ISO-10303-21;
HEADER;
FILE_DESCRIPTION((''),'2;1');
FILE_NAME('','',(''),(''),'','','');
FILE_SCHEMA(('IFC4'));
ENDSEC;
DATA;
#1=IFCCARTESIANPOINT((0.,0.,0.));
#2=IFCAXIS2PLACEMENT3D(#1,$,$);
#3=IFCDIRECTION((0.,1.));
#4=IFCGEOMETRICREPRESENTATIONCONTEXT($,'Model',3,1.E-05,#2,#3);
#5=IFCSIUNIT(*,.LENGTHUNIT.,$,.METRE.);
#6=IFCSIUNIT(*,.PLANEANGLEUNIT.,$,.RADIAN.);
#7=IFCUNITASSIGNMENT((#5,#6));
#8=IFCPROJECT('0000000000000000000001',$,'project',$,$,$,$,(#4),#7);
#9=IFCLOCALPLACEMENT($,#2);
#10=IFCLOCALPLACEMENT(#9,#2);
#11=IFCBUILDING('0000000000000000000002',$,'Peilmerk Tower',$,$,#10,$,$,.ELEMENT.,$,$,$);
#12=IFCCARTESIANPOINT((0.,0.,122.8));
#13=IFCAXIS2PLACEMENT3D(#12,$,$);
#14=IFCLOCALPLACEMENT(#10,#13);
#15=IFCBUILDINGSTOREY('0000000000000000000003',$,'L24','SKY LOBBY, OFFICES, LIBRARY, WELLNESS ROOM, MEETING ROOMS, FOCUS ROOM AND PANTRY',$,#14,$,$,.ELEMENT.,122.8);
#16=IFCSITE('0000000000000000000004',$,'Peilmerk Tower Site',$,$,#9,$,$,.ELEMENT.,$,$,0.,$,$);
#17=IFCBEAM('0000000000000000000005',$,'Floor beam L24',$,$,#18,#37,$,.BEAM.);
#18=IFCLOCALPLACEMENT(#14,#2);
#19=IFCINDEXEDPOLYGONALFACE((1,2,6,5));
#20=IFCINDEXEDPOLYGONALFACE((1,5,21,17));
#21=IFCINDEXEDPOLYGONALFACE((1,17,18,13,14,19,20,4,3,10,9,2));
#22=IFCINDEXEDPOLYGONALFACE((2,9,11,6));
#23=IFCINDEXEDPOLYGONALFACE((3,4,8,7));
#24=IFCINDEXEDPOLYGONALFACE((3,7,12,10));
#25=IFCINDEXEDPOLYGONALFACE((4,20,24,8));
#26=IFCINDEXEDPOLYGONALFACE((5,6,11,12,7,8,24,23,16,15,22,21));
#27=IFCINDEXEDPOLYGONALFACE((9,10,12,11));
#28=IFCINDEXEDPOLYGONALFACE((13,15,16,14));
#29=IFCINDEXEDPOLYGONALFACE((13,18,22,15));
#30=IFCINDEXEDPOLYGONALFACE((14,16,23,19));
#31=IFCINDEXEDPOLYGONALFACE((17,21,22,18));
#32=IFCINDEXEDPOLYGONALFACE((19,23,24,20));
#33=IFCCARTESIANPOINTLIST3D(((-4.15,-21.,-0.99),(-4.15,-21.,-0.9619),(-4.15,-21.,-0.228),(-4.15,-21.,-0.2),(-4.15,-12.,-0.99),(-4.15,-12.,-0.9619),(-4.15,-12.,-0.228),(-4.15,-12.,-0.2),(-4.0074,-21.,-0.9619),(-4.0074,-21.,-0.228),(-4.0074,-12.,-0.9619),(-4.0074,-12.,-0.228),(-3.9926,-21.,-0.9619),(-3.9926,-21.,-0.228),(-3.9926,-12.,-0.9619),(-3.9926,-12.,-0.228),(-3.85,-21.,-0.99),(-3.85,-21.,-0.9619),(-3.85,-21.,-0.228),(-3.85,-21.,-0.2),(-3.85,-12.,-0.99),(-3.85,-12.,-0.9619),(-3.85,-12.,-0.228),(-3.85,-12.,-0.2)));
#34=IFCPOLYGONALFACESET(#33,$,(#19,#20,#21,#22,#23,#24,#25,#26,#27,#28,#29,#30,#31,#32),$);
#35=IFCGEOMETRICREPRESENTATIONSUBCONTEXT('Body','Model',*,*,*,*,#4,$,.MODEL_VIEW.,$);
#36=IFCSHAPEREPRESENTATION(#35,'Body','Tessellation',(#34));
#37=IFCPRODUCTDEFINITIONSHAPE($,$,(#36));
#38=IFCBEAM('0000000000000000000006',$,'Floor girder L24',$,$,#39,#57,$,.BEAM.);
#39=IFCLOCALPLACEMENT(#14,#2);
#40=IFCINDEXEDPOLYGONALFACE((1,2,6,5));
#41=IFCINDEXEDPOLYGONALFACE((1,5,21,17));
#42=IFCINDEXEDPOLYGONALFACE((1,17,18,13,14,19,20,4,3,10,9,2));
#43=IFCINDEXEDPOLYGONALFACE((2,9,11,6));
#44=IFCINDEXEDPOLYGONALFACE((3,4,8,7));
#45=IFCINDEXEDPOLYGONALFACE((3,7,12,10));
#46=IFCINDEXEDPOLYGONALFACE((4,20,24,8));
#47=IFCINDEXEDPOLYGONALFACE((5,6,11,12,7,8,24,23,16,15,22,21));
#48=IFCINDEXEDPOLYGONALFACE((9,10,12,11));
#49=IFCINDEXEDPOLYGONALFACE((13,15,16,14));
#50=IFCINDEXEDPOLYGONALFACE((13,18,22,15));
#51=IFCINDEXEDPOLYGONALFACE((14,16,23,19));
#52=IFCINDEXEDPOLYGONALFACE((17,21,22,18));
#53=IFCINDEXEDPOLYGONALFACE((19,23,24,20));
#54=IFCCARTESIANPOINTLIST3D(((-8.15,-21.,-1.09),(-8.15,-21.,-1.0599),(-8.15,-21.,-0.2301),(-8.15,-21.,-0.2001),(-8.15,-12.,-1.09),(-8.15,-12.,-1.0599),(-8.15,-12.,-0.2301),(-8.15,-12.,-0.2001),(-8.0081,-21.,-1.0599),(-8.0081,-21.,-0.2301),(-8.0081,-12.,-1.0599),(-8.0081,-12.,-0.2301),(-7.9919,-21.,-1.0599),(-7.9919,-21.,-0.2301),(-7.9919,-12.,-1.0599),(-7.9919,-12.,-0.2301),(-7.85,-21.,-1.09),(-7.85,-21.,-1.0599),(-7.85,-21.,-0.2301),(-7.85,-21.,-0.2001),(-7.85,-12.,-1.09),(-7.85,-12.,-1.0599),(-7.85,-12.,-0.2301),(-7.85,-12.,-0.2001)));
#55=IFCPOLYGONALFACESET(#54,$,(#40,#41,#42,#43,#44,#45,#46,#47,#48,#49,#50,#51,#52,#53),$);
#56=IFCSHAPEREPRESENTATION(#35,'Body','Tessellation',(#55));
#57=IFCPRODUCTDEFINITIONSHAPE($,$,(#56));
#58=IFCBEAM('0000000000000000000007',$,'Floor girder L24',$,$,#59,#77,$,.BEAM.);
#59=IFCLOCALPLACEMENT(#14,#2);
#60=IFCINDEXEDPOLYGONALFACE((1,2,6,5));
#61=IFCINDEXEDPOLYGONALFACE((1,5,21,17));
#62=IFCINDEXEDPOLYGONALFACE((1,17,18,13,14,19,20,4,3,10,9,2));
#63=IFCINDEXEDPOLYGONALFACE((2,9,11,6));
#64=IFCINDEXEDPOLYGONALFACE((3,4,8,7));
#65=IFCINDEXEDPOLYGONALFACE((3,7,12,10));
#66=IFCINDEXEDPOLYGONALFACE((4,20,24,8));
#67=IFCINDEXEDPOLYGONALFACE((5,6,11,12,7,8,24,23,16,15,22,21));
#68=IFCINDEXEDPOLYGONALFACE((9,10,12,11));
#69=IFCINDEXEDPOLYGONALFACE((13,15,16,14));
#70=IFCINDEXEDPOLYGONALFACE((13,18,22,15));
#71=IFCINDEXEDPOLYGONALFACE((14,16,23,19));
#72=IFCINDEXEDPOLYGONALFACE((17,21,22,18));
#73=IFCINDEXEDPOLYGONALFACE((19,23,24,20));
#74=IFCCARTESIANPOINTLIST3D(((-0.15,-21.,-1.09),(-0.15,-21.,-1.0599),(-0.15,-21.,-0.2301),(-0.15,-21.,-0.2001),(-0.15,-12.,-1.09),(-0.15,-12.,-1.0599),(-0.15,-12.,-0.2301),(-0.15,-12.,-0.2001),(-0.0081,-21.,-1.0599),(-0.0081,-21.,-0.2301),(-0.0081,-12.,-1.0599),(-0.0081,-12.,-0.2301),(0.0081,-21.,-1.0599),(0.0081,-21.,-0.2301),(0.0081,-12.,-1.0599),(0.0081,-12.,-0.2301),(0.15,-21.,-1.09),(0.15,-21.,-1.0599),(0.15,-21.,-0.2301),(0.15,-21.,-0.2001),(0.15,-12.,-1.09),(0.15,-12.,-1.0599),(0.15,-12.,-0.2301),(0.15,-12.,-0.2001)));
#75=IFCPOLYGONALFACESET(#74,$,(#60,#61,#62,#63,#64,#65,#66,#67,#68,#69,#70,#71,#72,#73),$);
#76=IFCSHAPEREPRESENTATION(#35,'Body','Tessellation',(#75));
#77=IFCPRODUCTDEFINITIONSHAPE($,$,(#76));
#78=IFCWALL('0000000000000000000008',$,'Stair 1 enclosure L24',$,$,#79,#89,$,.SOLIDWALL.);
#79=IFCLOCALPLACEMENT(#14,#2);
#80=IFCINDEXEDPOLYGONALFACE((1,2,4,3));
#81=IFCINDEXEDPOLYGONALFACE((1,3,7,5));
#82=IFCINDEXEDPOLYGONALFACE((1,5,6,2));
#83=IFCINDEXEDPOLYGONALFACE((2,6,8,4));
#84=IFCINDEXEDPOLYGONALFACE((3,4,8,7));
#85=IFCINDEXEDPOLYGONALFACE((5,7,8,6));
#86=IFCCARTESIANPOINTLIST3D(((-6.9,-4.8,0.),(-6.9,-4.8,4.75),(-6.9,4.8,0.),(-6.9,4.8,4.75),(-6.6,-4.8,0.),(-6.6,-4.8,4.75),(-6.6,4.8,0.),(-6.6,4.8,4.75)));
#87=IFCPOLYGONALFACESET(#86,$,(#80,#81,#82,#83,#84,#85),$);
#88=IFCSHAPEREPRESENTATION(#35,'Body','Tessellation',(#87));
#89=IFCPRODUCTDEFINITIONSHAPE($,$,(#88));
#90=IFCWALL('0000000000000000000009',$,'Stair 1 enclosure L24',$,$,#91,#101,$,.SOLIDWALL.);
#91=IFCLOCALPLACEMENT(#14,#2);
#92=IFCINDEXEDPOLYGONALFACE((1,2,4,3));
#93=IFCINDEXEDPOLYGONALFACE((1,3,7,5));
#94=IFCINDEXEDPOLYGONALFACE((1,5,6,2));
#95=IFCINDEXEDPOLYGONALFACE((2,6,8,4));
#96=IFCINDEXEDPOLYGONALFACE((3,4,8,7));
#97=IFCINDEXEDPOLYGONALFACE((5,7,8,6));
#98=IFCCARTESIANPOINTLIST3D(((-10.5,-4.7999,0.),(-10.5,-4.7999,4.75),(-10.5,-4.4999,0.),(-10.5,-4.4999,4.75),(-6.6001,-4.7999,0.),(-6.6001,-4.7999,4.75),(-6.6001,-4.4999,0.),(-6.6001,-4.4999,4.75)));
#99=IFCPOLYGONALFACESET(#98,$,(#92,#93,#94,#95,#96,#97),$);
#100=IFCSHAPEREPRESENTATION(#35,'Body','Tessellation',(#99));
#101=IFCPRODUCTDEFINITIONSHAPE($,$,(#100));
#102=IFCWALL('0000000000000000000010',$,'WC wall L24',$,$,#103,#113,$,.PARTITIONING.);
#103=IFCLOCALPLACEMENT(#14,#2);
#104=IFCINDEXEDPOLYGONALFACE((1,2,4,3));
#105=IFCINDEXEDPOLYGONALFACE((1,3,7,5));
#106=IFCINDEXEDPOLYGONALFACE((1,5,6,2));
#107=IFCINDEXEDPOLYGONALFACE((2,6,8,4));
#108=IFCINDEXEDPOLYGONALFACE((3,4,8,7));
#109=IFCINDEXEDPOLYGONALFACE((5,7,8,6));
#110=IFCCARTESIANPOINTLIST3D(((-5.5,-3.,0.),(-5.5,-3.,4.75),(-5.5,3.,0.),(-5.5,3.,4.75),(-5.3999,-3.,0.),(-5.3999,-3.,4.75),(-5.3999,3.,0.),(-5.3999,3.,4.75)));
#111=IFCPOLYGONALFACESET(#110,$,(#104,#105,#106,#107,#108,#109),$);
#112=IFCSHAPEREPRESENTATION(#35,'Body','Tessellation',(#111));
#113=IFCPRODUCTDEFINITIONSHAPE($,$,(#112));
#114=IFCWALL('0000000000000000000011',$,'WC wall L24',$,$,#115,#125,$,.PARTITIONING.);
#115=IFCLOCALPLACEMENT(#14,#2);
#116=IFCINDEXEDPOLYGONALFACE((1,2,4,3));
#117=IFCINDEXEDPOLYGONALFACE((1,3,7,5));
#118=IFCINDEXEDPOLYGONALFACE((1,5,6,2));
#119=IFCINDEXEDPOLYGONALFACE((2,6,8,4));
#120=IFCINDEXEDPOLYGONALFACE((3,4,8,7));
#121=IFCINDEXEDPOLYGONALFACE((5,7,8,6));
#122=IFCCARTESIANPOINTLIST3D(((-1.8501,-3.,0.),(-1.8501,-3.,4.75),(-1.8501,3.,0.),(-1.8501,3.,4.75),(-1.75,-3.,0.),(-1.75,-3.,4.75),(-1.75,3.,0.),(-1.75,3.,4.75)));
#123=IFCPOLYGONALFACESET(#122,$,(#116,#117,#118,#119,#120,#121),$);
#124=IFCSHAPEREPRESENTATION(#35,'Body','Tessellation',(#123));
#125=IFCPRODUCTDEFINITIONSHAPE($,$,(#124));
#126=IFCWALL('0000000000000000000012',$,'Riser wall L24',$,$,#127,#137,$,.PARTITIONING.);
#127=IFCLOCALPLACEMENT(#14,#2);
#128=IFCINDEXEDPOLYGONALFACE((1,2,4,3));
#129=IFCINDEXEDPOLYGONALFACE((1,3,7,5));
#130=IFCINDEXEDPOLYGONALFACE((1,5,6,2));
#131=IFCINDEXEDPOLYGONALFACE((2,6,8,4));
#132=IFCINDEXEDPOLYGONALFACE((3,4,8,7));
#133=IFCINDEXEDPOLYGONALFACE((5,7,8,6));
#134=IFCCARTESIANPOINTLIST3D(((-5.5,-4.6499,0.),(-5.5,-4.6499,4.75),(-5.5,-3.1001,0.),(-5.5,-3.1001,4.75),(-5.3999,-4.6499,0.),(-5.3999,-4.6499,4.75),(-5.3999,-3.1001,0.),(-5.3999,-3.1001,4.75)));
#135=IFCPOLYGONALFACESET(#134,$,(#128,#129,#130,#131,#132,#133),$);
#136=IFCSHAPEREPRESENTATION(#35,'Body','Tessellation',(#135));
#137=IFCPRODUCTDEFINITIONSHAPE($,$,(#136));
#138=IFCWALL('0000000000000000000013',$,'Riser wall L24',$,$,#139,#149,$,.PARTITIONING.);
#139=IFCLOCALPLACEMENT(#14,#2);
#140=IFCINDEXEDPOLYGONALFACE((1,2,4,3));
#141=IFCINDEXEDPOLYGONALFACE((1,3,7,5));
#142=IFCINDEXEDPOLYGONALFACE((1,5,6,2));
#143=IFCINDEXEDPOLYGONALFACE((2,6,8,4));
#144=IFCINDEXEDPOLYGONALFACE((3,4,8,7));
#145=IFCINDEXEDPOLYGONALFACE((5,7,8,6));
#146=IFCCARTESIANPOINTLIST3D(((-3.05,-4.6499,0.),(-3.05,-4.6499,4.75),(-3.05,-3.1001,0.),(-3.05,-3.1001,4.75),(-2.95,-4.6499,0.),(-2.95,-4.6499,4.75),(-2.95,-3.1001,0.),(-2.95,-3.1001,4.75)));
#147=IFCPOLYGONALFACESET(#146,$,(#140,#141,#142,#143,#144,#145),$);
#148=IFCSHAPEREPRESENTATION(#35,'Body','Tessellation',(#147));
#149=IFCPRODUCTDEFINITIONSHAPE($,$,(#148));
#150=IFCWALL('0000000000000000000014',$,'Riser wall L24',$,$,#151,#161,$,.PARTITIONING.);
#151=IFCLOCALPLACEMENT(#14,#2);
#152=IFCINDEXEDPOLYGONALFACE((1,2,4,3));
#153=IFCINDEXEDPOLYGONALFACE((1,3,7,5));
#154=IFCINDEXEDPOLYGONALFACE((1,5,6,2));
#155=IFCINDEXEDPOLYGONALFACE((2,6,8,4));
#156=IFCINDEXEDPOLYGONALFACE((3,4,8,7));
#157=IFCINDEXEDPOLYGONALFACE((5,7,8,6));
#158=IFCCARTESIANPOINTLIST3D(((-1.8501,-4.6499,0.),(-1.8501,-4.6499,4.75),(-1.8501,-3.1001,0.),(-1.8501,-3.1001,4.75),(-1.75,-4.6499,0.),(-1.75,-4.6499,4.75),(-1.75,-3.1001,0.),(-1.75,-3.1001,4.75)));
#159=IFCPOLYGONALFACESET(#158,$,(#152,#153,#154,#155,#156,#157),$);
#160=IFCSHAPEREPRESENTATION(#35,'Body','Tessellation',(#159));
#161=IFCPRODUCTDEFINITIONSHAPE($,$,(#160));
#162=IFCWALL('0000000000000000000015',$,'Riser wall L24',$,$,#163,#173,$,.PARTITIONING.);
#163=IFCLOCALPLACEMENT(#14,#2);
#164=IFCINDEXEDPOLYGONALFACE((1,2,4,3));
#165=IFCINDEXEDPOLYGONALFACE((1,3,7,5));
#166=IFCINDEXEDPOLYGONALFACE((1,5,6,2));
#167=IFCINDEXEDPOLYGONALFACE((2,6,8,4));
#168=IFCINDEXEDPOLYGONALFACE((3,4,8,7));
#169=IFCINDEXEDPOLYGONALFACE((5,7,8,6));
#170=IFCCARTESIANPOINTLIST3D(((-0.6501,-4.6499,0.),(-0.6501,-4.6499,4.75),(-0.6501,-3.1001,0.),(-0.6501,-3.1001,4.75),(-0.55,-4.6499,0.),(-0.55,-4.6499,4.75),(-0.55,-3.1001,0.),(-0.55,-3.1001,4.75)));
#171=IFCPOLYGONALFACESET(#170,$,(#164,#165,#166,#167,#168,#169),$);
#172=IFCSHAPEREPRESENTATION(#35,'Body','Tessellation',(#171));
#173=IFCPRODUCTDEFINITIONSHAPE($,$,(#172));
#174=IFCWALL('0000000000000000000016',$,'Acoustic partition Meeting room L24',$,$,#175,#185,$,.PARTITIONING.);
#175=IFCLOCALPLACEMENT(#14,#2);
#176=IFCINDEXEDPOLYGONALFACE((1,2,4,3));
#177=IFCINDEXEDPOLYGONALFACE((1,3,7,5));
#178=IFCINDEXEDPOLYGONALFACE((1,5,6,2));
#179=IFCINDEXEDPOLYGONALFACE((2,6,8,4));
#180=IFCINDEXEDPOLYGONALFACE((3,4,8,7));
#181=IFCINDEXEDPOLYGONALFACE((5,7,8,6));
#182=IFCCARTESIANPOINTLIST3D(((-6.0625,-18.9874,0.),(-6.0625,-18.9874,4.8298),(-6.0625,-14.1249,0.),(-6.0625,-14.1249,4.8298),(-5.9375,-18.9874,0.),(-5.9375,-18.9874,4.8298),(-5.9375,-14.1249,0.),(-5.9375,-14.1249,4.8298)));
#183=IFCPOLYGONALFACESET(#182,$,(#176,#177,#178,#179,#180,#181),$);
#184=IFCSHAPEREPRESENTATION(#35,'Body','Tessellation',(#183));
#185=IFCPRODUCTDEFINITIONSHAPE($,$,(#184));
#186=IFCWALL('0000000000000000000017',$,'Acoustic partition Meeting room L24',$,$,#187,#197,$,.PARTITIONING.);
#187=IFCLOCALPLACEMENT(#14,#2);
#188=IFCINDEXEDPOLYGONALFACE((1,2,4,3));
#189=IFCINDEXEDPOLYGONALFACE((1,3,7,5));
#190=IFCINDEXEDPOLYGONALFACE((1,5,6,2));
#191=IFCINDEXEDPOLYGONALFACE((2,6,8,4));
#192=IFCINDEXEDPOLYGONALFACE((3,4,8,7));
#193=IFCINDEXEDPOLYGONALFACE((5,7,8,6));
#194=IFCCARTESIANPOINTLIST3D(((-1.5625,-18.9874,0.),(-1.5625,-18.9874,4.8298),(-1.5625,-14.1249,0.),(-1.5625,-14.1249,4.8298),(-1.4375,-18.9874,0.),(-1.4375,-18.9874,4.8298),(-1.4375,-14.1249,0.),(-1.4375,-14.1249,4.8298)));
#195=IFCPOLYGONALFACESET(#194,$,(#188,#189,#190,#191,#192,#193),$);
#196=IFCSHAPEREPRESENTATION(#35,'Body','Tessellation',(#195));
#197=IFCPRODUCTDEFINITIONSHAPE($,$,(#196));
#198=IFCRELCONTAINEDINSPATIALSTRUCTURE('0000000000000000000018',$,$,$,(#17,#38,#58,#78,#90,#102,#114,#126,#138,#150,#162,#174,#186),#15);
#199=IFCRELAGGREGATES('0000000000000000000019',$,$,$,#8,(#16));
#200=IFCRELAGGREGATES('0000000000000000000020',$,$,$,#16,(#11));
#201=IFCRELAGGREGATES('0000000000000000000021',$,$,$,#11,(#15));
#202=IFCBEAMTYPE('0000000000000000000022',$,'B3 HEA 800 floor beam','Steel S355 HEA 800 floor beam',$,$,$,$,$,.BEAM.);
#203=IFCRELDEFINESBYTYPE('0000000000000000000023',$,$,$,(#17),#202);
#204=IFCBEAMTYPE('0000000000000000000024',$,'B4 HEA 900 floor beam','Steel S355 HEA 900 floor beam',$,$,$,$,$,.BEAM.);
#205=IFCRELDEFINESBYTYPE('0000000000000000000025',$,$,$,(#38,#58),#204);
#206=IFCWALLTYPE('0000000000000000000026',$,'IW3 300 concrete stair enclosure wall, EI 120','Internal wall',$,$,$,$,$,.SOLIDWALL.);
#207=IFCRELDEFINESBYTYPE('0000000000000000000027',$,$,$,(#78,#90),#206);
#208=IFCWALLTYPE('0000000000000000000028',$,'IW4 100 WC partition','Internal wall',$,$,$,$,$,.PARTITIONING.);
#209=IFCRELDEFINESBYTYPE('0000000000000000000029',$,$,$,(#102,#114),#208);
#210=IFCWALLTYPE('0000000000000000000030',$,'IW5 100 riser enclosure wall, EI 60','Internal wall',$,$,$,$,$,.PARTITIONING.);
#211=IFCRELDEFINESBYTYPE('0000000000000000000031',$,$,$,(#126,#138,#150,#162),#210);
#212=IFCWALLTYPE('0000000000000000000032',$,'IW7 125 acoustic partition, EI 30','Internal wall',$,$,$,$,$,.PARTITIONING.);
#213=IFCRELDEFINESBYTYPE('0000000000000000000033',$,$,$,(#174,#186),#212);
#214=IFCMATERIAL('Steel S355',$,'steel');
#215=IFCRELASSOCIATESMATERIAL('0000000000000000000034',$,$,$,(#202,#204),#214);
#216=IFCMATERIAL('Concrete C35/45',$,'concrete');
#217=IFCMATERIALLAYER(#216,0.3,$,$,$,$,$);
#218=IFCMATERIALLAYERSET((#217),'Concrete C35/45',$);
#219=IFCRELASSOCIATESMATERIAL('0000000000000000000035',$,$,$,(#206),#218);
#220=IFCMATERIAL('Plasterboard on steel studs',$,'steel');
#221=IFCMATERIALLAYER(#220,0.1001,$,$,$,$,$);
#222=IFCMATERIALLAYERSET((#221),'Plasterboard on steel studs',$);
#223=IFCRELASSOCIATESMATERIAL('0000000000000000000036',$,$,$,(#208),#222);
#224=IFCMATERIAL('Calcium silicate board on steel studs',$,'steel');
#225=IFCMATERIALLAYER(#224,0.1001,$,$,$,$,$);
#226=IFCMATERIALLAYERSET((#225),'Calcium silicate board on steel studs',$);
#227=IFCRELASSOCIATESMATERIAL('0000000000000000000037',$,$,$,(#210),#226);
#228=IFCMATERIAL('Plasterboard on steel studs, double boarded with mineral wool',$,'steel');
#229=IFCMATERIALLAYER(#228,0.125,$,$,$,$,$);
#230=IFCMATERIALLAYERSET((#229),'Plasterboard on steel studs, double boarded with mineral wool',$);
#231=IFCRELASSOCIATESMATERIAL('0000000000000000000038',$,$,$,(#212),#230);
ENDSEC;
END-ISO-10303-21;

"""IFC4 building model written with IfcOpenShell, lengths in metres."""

from ifc_helpers import new_model, si_unit, direction, frame, frame_2d, origin, origin_2d, place, context, subcontext, project, spatial, rectangle, i_section, extrude, material, layer, layer_set, material_profile, profile_set, type_object, element, save


model = new_model("IFC4")

# Units and contexts
model_context = context("Model", 3, precision=1e-05, world=origin(), true_north=direction((0.0, 1.0)))
body_context = subcontext(model_context, "Body", "Model", "MODEL_VIEW")
ifc_project = project(units=[si_unit("LENGTHUNIT", "METRE"), si_unit("PLANEANGLEUNIT", "RADIAN")], contexts=[model_context])

# Site, building, storey
site_placement = place(None, origin())
site = spatial("IfcSite", under=ifc_project, at=site_placement, Name="Peilmerk Tower Site", CompositionType="ELEMENT", RefElevation=0.0)
building_placement = place(site_placement, origin())
building = spatial("IfcBuilding", under=site, at=building_placement, Name="Peilmerk Tower", CompositionType="ELEMENT")
storey_placement = place(building_placement, frame((0.0, 0.0, 122.8)))
storey = spatial("IfcBuildingStorey", under=building, at=storey_placement, Name="L24", Description="SKY LOBBY, OFFICES, LIBRARY, WELLNESS ROOM, MEETING ROOMS, FOCUS ROOM AND PANTRY", CompositionType="ELEMENT", Elevation=122.8)

# Beams
ifc_material_1 = material(Name="Steel S355", Category="steel")
ifc_material_profile_1 = material_profile(ifc_material_1, i_section(OverallWidth=0.3, OverallDepth=0.79, WebThickness=0.0149, FlangeThickness=0.0281, at=origin_2d()), Name="HEA 800")
ifc_profile_set_1 = profile_set([ifc_material_profile_1], Name="Steel S355")
beam_type_1 = type_object("IfcBeamType", Name="B3 HEA 800 floor beam", Description="Steel S355 HEA 800 floor beam", PredefinedType="BEAM", material=ifc_profile_set_1)
beam_placement = place(storey_placement, frame((-4.0, -12.0, -0.595), z_axis=(0.0, -1.0, 0.0), x_axis=(1.0, 0.0, 0.0)))
element("IfcBeam", 1, at=beam_placement, inside=storey, type_object=beam_type_1, Name="Floor beam L24", PredefinedType="BEAM", context=body_context, shape_type="SweptSolid", body=[
    extrude(i_section(OverallWidth=0.3, OverallDepth=0.79, WebThickness=0.0149, FlangeThickness=0.0281, at=origin_2d()), origin(), (0.0, 0.0, 1.0), 9.0),
])
ifc_material_profile_2 = material_profile(ifc_material_1, i_section(OverallWidth=0.3, OverallDepth=0.8899, WebThickness=0.0161, FlangeThickness=0.03, at=origin_2d()), Name="HEA 900")
ifc_profile_set_2 = profile_set([ifc_material_profile_2], Name="Steel S355")
beam_type_2 = type_object("IfcBeamType", Name="B4 HEA 900 floor beam", Description="Steel S355 HEA 900 floor beam", PredefinedType="BEAM", material=ifc_profile_set_2)
for number, where, z_axis, x_axis, name in (
    (2, (-8.0, -12.0, -0.645), (0.0, -1.0, 0.0), (1.0, 0.0, 0.0), "Floor girder L24"),
    (3, (0.0, -12.0, -0.645), (0.0, -1.0, 0.0), (1.0, 0.0, 0.0), "Floor girder L24"),
):
    element("IfcBeam", number, at=place(storey_placement, frame(where, z_axis=z_axis, x_axis=x_axis)), inside=storey, type_object=beam_type_2, Name=name, PredefinedType="BEAM", context=body_context, shape_type="SweptSolid", body=[
        extrude(i_section(OverallWidth=0.3, OverallDepth=0.8899, WebThickness=0.0161, FlangeThickness=0.03, at=origin_2d()), origin(), (0.0, 0.0, 1.0), 9.0),
    ])

# Walls
ifc_material_2 = material(Name="Concrete C35/45", Category="concrete")
ifc_layer_1 = layer(ifc_material_2, 0.3)
ifc_layer_set_1 = layer_set([ifc_layer_1], Name="Concrete C35/45")
wall_type_1 = type_object("IfcWallType", Name="IW3 300 concrete stair enclosure wall, EI 120", Description="Internal wall", PredefinedType="SOLIDWALL", material=ifc_layer_set_1)
wall_1_placement = place(storey_placement, frame((-6.75, -4.8, 0.0), z_axis=(0.0, 0.0, 1.0), x_axis=(0.0, 1.0, 0.0)))
element("IfcWall", 4, at=wall_1_placement, inside=storey, type_object=wall_type_1, Name="Stair 1 enclosure L24", PredefinedType="SOLIDWALL", context=body_context, shape_type="SweptSolid", body=[
    extrude(rectangle(XDim=9.6001, YDim=0.3, at=frame_2d((4.8, 0.0))), origin(), (0.0, 0.0, 1.0), 4.75),
])
wall_2_placement = place(storey_placement, frame((-6.6001, -4.6499, 0.0), z_axis=(0.0, 0.0, 1.0), x_axis=(-1.0, 0.0, 0.0)))
element("IfcWall", 5, at=wall_2_placement, inside=storey, type_object=wall_type_1, Name="Stair 1 enclosure L24", PredefinedType="SOLIDWALL", context=body_context, shape_type="SweptSolid", body=[
    extrude(rectangle(XDim=3.8999, YDim=0.3, at=frame_2d((1.95, 0.0))), origin(), (0.0, 0.0, 1.0), 4.75),
])
ifc_material_3 = material(Name="Plasterboard on steel studs", Category="steel")
ifc_layer_2 = layer(ifc_material_3, 0.1001)
ifc_layer_set_2 = layer_set([ifc_layer_2], Name="Plasterboard on steel studs")
wall_type_2 = type_object("IfcWallType", Name="IW4 100 WC partition", Description="Internal wall", PredefinedType="PARTITIONING", material=ifc_layer_set_2)
for number, where, z_axis, x_axis, name in (
    (6, (-5.45, -3.0, 0.0), (0.0, 0.0, 1.0), (0.0, 1.0, 0.0), "WC wall L24"),
    (7, (-1.8, -3.0, 0.0), (0.0, 0.0, 1.0), (0.0, 1.0, 0.0), "WC wall L24"),
):
    element("IfcWall", number, at=place(storey_placement, frame(where, z_axis=z_axis, x_axis=x_axis)), inside=storey, type_object=wall_type_2, Name=name, PredefinedType="PARTITIONING", context=body_context, shape_type="SweptSolid", body=[
        extrude(rectangle(XDim=6.0, YDim=0.1001, at=frame_2d((3.0, 0.0))), origin(), (0.0, 0.0, 1.0), 4.75),
    ])
ifc_material_4 = material(Name="Calcium silicate board on steel studs", Category="steel")
ifc_layer_3 = layer(ifc_material_4, 0.1001)
ifc_layer_set_3 = layer_set([ifc_layer_3], Name="Calcium silicate board on steel studs")
wall_type_3 = type_object("IfcWallType", Name="IW5 100 riser enclosure wall, EI 60", Description="Internal wall", PredefinedType="PARTITIONING", material=ifc_layer_set_3)
for number, where, z_axis, x_axis, name in (
    (8, (-5.45, -3.1001, 0.0), (0.0, 0.0, 1.0), (0.0, -1.0, 0.0), "Riser wall L24"),
    (9, (-3.0, -3.1001, 0.0), (0.0, 0.0, 1.0), (0.0, -1.0, 0.0), "Riser wall L24"),
    (10, (-1.8, -3.1001, 0.0), (0.0, 0.0, 1.0), (0.0, -1.0, 0.0), "Riser wall L24"),
    (11, (-0.6001, -3.1001, 0.0), (0.0, 0.0, 1.0), (0.0, -1.0, 0.0), "Riser wall L24"),
):
    element("IfcWall", number, at=place(storey_placement, frame(where, z_axis=z_axis, x_axis=x_axis)), inside=storey, type_object=wall_type_3, Name=name, PredefinedType="PARTITIONING", context=body_context, shape_type="SweptSolid", body=[
        extrude(rectangle(XDim=1.5498, YDim=0.1001, at=frame_2d((0.7749, 0.0))), origin(), (0.0, 0.0, 1.0), 4.75),
    ])
ifc_material_5 = material(Name="Plasterboard on steel studs, double boarded with mineral wool", Category="steel")
ifc_layer_4 = layer(ifc_material_5, 0.125)
ifc_layer_set_4 = layer_set([ifc_layer_4], Name="Plasterboard on steel studs, double boarded with mineral wool")
wall_type_4 = type_object("IfcWallType", Name="IW7 125 acoustic partition, EI 30", Description="Internal wall", PredefinedType="PARTITIONING", material=ifc_layer_set_4)
for number, where, z_axis, x_axis, name in (
    (12, (-6.0, -14.125, 0.0), (0.0, 0.0, 1.0), (0.0, -1.0, 0.0), "Acoustic partition Meeting room L24"),
    (13, (-1.5, -14.125, 0.0), (0.0, 0.0, 1.0), (0.0, -1.0, 0.0), "Acoustic partition Meeting room L24"),
):
    element("IfcWall", number, at=place(storey_placement, frame(where, z_axis=z_axis, x_axis=x_axis)), inside=storey, type_object=wall_type_4, Name=name, PredefinedType="PARTITIONING", context=body_context, shape_type="SweptSolid", body=[
        extrude(rectangle(XDim=4.8625, YDim=0.125, at=frame_2d((2.4312, 0.0))), origin(), (0.0, 0.0, 1.0), 4.8298),
    ])

save(model, "model.ifc")
